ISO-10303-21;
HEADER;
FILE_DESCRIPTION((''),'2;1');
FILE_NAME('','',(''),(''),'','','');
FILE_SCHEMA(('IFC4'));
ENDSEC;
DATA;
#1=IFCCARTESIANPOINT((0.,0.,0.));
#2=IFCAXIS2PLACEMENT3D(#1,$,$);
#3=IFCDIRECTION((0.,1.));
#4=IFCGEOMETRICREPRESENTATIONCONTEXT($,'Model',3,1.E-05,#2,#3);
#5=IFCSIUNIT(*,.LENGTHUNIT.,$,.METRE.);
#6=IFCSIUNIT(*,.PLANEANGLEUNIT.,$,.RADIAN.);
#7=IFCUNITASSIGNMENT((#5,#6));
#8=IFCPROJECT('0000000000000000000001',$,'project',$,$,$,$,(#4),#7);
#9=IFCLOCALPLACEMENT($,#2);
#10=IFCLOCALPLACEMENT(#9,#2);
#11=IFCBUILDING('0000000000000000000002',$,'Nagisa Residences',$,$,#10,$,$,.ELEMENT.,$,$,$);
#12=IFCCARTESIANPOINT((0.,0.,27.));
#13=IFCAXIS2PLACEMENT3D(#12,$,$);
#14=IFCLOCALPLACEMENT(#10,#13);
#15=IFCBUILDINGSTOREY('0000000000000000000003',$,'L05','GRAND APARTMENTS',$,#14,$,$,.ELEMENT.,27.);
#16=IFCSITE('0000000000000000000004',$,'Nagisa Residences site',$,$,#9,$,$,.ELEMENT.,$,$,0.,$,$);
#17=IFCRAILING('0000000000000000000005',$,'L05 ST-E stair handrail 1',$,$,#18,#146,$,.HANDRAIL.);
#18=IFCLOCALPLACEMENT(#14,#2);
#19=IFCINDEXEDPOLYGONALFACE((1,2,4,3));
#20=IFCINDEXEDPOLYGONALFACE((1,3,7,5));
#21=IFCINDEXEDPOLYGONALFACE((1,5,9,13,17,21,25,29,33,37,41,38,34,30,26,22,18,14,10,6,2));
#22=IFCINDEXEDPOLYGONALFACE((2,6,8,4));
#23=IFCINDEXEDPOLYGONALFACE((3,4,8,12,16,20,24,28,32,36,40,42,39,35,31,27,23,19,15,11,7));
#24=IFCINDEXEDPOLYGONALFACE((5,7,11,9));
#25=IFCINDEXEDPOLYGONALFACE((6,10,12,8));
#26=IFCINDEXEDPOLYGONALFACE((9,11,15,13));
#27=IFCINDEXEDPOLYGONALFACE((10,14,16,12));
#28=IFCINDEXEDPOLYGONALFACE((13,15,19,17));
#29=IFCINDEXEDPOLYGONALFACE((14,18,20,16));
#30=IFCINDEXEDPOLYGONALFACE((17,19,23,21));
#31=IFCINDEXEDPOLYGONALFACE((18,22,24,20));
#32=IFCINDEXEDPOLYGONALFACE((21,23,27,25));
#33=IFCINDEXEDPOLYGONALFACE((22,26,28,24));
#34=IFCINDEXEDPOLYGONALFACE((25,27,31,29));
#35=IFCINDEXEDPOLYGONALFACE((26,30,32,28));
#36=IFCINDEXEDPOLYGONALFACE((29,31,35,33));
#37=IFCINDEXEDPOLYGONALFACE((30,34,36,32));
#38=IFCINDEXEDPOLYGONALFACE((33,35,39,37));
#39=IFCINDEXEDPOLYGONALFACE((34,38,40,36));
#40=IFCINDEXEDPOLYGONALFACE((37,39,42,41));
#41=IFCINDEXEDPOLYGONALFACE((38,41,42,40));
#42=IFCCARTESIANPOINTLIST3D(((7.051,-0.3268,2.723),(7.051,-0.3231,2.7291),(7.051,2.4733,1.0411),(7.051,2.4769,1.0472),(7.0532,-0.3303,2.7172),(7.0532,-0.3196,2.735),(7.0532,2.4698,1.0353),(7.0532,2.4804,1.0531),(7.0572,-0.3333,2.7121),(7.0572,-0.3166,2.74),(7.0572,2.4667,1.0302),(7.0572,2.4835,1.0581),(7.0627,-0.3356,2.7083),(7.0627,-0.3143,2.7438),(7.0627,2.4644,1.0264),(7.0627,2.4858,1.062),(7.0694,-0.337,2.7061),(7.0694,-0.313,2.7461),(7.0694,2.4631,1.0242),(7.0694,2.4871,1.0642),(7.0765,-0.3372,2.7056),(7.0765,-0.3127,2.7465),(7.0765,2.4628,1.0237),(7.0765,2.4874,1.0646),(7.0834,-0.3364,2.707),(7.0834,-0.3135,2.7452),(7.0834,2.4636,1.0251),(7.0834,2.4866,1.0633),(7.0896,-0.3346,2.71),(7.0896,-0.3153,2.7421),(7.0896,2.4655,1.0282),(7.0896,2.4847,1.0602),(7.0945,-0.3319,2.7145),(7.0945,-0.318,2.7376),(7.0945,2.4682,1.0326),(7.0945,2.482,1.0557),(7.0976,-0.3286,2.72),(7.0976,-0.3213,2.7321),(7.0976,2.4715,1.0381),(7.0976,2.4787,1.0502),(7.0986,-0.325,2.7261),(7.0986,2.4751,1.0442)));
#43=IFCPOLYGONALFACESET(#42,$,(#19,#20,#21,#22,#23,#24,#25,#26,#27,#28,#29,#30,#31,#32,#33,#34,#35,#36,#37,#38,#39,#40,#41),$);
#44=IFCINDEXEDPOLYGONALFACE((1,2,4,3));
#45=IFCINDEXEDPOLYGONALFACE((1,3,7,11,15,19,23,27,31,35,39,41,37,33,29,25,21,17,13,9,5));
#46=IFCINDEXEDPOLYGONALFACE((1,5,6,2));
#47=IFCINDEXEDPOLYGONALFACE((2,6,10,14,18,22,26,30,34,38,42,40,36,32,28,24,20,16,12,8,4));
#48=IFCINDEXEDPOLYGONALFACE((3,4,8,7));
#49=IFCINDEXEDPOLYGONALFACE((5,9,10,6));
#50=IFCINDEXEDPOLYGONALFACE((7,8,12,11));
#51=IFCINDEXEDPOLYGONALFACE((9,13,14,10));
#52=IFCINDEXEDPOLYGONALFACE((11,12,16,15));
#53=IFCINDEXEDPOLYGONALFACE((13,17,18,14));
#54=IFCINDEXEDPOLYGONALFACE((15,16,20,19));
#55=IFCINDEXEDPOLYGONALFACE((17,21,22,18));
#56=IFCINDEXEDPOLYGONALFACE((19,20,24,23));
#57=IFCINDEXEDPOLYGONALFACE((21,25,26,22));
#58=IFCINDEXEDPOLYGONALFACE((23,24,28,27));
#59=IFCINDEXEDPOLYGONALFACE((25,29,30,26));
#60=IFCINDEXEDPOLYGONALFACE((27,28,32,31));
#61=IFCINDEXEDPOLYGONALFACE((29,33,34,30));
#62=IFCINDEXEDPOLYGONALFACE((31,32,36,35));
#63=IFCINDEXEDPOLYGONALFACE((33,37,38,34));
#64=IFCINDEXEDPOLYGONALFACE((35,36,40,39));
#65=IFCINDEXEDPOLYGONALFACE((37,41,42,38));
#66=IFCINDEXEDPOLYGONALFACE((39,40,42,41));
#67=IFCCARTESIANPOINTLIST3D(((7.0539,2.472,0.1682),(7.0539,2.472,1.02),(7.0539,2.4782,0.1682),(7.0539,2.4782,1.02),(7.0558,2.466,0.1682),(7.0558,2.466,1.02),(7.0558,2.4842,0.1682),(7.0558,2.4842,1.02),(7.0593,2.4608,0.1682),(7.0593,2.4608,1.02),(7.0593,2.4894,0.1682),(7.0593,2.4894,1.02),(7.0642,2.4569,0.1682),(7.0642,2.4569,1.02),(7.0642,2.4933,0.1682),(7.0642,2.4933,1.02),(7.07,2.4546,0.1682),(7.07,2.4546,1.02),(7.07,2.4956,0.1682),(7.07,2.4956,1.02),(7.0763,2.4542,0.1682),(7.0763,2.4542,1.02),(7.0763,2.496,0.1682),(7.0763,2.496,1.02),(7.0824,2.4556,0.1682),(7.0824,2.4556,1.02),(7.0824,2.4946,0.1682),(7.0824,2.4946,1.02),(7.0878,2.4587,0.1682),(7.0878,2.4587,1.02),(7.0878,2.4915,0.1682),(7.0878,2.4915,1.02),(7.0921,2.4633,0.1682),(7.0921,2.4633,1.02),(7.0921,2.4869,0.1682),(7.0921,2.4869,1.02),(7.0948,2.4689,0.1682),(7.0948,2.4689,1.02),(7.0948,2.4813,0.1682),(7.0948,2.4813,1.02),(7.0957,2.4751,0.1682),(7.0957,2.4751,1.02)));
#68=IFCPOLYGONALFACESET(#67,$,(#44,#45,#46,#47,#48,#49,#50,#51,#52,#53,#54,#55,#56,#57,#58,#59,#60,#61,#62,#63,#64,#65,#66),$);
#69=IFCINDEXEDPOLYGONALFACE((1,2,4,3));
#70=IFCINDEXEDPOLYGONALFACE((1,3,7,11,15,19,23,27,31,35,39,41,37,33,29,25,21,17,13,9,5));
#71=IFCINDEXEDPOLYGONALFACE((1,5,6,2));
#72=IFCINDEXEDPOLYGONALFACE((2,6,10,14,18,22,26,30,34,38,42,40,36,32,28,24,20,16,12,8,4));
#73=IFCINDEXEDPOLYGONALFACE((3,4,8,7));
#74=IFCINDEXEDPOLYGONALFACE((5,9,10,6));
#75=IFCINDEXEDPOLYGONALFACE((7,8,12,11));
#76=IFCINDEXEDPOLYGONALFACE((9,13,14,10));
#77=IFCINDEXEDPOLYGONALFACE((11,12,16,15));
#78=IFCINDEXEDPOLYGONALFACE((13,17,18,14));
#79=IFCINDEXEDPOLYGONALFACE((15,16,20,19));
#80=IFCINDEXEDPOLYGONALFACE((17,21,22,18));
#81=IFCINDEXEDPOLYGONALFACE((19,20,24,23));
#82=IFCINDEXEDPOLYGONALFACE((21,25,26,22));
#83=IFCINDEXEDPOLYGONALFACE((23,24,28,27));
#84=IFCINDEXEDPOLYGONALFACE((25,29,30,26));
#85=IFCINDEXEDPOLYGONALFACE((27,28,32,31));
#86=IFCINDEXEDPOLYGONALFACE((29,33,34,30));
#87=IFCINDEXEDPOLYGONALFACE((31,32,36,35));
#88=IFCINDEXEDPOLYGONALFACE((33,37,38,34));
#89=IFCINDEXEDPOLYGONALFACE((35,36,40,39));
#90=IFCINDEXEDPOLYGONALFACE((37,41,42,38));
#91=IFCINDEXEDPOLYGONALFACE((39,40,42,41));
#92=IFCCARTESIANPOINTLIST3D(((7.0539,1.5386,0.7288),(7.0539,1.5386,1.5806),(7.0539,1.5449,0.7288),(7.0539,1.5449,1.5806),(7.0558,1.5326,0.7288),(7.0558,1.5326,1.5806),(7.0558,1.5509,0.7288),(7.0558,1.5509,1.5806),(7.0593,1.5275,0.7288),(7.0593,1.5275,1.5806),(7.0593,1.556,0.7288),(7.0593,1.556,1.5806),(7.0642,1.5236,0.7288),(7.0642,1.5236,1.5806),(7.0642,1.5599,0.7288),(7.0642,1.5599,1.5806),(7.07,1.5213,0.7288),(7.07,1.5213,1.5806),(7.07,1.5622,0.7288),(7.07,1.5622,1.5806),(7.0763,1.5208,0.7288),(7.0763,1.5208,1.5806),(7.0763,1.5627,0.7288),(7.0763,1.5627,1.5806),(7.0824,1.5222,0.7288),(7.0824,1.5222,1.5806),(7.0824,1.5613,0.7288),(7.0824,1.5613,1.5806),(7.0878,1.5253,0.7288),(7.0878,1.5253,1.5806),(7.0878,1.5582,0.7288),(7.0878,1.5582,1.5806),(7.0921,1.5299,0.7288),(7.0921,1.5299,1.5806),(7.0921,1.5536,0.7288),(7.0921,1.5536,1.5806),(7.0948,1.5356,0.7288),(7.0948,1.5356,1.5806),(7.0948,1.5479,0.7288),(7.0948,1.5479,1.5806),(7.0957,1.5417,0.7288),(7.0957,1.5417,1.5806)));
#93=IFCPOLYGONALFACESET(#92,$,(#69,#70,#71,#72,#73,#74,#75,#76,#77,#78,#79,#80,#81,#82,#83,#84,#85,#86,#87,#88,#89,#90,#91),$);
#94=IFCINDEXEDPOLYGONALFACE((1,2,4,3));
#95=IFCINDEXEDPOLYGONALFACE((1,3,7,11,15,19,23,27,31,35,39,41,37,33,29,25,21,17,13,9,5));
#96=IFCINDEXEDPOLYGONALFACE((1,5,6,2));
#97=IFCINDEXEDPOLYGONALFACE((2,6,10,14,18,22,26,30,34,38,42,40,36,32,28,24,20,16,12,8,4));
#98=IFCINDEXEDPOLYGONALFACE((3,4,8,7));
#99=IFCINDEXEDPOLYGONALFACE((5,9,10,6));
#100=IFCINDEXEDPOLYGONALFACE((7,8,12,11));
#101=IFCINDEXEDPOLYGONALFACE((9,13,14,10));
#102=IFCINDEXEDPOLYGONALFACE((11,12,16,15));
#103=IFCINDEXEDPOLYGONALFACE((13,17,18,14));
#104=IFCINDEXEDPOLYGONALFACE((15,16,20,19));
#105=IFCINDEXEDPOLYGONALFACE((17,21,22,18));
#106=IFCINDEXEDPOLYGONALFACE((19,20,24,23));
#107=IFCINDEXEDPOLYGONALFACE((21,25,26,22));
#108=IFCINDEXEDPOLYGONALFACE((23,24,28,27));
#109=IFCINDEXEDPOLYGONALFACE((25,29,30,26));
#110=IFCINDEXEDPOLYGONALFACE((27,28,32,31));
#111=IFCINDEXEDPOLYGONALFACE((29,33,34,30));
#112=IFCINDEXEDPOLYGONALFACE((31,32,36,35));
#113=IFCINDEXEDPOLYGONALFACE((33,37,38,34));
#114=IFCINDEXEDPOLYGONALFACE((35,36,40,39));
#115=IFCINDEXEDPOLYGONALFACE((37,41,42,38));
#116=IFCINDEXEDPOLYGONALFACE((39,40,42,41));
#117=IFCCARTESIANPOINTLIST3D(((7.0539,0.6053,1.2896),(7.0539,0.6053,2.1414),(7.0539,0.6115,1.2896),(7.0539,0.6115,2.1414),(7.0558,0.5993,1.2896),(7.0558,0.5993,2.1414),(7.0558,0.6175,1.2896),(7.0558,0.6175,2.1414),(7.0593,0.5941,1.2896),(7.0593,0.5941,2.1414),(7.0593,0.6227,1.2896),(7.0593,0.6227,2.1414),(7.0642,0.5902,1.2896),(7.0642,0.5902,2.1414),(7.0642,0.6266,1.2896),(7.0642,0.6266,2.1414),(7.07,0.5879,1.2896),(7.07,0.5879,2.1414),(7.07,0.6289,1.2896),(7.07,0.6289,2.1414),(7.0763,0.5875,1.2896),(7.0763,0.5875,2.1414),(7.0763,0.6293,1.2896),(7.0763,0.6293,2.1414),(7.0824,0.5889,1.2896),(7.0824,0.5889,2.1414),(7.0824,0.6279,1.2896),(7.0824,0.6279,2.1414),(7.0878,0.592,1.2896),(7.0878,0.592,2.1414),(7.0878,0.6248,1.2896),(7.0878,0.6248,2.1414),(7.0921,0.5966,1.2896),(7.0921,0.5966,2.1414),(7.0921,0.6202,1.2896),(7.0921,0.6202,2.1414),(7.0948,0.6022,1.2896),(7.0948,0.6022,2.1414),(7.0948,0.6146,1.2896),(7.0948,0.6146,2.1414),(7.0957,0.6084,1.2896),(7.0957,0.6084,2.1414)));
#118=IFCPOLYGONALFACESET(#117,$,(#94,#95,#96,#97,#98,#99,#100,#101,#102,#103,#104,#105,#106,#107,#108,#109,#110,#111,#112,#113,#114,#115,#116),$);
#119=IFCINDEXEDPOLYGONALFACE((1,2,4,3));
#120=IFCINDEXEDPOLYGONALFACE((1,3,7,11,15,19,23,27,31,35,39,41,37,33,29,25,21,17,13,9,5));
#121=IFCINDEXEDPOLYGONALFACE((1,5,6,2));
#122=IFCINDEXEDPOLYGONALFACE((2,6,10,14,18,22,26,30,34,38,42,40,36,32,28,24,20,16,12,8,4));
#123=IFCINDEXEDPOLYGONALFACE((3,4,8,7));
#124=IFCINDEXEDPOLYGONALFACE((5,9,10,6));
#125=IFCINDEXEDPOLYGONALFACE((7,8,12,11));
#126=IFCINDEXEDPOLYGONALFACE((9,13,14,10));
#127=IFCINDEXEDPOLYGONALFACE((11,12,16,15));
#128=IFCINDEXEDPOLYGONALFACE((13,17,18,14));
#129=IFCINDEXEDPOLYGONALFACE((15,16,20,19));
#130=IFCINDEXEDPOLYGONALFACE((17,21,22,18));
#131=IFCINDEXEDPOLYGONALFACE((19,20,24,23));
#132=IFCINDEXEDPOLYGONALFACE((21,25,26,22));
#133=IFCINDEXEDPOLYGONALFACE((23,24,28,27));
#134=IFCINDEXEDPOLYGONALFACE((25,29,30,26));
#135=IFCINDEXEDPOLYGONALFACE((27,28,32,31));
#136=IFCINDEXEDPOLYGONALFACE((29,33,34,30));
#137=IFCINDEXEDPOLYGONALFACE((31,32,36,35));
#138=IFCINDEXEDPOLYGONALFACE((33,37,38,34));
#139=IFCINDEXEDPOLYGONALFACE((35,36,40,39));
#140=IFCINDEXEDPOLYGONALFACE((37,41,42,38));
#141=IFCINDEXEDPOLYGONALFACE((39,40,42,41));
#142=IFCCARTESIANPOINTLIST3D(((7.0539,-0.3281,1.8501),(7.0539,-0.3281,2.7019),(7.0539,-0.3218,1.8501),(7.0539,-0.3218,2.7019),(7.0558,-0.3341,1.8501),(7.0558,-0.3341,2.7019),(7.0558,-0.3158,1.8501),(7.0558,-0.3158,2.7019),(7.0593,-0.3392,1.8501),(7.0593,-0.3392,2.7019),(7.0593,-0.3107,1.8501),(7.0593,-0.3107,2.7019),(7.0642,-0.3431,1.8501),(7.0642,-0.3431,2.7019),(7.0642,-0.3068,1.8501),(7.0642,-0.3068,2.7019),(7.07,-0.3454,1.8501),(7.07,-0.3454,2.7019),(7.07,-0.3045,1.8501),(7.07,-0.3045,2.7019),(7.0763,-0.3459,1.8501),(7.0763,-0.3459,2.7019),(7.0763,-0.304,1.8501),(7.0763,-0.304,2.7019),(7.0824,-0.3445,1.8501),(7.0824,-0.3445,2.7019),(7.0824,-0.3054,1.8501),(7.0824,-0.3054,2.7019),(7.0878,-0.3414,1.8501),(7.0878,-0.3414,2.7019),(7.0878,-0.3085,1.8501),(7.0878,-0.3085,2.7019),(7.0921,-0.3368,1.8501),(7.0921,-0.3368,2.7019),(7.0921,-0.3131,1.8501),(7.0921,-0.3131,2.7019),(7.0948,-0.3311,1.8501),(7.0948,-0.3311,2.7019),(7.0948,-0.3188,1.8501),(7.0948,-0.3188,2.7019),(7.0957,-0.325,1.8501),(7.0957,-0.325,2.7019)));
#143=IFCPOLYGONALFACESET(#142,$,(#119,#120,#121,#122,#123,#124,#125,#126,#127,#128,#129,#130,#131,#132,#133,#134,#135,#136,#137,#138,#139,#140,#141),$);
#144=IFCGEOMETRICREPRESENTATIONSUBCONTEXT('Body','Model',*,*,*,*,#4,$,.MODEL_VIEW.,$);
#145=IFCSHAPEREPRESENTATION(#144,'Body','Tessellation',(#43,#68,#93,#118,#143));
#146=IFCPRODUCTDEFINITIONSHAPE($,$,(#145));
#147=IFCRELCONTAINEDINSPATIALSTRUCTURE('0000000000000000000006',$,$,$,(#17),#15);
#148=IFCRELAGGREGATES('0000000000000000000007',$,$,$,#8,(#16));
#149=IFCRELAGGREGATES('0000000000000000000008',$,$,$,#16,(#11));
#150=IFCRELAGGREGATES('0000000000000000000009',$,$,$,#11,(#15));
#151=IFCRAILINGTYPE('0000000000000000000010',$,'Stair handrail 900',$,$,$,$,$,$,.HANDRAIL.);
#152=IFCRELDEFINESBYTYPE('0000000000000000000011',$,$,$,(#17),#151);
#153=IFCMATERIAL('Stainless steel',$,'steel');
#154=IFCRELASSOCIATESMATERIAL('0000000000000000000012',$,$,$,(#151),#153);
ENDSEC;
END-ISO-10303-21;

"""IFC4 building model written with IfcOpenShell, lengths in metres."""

from ifc_helpers import new_model, si_unit, direction, frame, origin, origin_2d, place, context, subcontext, project, spatial, circle, extrude, material, type_object, element, save


model = new_model("IFC4")

# Units and contexts
model_context = context("Model", 3, precision=1e-05, world=origin(), true_north=direction((0.0, 1.0)))
body_context = subcontext(model_context, "Body", "Model", "MODEL_VIEW")
ifc_project = project(units=[si_unit("LENGTHUNIT", "METRE"), si_unit("PLANEANGLEUNIT", "RADIAN")], contexts=[model_context])

# Site, building, storey
site_placement = place(None, origin())
site = spatial("IfcSite", under=ifc_project, at=site_placement, Name="Nagisa Residences site", CompositionType="ELEMENT", RefElevation=0.0)
building_placement = place(site_placement, origin())
building = spatial("IfcBuilding", under=site, at=building_placement, Name="Nagisa Residences", CompositionType="ELEMENT")
storey_placement = place(building_placement, frame((0.0, 0.0, 27.0)))
storey = spatial("IfcBuildingStorey", under=building, at=storey_placement, Name="L05", Description="GRAND APARTMENTS", CompositionType="ELEMENT", Elevation=27.0)

# Railing
ifc_material_1 = material(Name="Stainless steel", Category="steel")
railing_type = type_object("IfcRailingType", Name="Stair handrail 900", PredefinedType="HANDRAIL", material=ifc_material_1)
railing_1_placement = place(storey_placement, frame((7.0747, 2.4751, 0.1682)))
element("IfcRailing", 1, at=railing_1_placement, inside=storey, type_object=railing_type, Name="L05 ST-E stair handrail 1", PredefinedType="HANDRAIL", context=body_context, shape_type="SweptSolid", body=[
    extrude(circle(Radius=0.0239, at=origin_2d()), frame((0.0, 0.0, 0.876), z_axis=(0.0, -0.857242, 0.514913), x_axis=(1.0, 0.0, 0.0)), (0.0, 0.0, 1.0), 3.2664),
    extrude(circle(Radius=0.021, at=origin_2d()), origin(), (0.0, 0.0, 1.0), 0.8518),
    extrude(circle(Radius=0.021, at=origin_2d()), frame((0.0, -0.9333, 0.5605)), (0.0, 0.0, 1.0), 0.8518),
    extrude(circle(Radius=0.021, at=origin_2d()), frame((0.0, -1.8667, 1.1213)), (0.0, 0.0, 1.0), 0.8518),
    extrude(circle(Radius=0.021, at=origin_2d()), frame((0.0, -2.8, 1.6819)), (0.0, 0.0, 1.0), 0.8518),
])

save(model, "model.ifc")
